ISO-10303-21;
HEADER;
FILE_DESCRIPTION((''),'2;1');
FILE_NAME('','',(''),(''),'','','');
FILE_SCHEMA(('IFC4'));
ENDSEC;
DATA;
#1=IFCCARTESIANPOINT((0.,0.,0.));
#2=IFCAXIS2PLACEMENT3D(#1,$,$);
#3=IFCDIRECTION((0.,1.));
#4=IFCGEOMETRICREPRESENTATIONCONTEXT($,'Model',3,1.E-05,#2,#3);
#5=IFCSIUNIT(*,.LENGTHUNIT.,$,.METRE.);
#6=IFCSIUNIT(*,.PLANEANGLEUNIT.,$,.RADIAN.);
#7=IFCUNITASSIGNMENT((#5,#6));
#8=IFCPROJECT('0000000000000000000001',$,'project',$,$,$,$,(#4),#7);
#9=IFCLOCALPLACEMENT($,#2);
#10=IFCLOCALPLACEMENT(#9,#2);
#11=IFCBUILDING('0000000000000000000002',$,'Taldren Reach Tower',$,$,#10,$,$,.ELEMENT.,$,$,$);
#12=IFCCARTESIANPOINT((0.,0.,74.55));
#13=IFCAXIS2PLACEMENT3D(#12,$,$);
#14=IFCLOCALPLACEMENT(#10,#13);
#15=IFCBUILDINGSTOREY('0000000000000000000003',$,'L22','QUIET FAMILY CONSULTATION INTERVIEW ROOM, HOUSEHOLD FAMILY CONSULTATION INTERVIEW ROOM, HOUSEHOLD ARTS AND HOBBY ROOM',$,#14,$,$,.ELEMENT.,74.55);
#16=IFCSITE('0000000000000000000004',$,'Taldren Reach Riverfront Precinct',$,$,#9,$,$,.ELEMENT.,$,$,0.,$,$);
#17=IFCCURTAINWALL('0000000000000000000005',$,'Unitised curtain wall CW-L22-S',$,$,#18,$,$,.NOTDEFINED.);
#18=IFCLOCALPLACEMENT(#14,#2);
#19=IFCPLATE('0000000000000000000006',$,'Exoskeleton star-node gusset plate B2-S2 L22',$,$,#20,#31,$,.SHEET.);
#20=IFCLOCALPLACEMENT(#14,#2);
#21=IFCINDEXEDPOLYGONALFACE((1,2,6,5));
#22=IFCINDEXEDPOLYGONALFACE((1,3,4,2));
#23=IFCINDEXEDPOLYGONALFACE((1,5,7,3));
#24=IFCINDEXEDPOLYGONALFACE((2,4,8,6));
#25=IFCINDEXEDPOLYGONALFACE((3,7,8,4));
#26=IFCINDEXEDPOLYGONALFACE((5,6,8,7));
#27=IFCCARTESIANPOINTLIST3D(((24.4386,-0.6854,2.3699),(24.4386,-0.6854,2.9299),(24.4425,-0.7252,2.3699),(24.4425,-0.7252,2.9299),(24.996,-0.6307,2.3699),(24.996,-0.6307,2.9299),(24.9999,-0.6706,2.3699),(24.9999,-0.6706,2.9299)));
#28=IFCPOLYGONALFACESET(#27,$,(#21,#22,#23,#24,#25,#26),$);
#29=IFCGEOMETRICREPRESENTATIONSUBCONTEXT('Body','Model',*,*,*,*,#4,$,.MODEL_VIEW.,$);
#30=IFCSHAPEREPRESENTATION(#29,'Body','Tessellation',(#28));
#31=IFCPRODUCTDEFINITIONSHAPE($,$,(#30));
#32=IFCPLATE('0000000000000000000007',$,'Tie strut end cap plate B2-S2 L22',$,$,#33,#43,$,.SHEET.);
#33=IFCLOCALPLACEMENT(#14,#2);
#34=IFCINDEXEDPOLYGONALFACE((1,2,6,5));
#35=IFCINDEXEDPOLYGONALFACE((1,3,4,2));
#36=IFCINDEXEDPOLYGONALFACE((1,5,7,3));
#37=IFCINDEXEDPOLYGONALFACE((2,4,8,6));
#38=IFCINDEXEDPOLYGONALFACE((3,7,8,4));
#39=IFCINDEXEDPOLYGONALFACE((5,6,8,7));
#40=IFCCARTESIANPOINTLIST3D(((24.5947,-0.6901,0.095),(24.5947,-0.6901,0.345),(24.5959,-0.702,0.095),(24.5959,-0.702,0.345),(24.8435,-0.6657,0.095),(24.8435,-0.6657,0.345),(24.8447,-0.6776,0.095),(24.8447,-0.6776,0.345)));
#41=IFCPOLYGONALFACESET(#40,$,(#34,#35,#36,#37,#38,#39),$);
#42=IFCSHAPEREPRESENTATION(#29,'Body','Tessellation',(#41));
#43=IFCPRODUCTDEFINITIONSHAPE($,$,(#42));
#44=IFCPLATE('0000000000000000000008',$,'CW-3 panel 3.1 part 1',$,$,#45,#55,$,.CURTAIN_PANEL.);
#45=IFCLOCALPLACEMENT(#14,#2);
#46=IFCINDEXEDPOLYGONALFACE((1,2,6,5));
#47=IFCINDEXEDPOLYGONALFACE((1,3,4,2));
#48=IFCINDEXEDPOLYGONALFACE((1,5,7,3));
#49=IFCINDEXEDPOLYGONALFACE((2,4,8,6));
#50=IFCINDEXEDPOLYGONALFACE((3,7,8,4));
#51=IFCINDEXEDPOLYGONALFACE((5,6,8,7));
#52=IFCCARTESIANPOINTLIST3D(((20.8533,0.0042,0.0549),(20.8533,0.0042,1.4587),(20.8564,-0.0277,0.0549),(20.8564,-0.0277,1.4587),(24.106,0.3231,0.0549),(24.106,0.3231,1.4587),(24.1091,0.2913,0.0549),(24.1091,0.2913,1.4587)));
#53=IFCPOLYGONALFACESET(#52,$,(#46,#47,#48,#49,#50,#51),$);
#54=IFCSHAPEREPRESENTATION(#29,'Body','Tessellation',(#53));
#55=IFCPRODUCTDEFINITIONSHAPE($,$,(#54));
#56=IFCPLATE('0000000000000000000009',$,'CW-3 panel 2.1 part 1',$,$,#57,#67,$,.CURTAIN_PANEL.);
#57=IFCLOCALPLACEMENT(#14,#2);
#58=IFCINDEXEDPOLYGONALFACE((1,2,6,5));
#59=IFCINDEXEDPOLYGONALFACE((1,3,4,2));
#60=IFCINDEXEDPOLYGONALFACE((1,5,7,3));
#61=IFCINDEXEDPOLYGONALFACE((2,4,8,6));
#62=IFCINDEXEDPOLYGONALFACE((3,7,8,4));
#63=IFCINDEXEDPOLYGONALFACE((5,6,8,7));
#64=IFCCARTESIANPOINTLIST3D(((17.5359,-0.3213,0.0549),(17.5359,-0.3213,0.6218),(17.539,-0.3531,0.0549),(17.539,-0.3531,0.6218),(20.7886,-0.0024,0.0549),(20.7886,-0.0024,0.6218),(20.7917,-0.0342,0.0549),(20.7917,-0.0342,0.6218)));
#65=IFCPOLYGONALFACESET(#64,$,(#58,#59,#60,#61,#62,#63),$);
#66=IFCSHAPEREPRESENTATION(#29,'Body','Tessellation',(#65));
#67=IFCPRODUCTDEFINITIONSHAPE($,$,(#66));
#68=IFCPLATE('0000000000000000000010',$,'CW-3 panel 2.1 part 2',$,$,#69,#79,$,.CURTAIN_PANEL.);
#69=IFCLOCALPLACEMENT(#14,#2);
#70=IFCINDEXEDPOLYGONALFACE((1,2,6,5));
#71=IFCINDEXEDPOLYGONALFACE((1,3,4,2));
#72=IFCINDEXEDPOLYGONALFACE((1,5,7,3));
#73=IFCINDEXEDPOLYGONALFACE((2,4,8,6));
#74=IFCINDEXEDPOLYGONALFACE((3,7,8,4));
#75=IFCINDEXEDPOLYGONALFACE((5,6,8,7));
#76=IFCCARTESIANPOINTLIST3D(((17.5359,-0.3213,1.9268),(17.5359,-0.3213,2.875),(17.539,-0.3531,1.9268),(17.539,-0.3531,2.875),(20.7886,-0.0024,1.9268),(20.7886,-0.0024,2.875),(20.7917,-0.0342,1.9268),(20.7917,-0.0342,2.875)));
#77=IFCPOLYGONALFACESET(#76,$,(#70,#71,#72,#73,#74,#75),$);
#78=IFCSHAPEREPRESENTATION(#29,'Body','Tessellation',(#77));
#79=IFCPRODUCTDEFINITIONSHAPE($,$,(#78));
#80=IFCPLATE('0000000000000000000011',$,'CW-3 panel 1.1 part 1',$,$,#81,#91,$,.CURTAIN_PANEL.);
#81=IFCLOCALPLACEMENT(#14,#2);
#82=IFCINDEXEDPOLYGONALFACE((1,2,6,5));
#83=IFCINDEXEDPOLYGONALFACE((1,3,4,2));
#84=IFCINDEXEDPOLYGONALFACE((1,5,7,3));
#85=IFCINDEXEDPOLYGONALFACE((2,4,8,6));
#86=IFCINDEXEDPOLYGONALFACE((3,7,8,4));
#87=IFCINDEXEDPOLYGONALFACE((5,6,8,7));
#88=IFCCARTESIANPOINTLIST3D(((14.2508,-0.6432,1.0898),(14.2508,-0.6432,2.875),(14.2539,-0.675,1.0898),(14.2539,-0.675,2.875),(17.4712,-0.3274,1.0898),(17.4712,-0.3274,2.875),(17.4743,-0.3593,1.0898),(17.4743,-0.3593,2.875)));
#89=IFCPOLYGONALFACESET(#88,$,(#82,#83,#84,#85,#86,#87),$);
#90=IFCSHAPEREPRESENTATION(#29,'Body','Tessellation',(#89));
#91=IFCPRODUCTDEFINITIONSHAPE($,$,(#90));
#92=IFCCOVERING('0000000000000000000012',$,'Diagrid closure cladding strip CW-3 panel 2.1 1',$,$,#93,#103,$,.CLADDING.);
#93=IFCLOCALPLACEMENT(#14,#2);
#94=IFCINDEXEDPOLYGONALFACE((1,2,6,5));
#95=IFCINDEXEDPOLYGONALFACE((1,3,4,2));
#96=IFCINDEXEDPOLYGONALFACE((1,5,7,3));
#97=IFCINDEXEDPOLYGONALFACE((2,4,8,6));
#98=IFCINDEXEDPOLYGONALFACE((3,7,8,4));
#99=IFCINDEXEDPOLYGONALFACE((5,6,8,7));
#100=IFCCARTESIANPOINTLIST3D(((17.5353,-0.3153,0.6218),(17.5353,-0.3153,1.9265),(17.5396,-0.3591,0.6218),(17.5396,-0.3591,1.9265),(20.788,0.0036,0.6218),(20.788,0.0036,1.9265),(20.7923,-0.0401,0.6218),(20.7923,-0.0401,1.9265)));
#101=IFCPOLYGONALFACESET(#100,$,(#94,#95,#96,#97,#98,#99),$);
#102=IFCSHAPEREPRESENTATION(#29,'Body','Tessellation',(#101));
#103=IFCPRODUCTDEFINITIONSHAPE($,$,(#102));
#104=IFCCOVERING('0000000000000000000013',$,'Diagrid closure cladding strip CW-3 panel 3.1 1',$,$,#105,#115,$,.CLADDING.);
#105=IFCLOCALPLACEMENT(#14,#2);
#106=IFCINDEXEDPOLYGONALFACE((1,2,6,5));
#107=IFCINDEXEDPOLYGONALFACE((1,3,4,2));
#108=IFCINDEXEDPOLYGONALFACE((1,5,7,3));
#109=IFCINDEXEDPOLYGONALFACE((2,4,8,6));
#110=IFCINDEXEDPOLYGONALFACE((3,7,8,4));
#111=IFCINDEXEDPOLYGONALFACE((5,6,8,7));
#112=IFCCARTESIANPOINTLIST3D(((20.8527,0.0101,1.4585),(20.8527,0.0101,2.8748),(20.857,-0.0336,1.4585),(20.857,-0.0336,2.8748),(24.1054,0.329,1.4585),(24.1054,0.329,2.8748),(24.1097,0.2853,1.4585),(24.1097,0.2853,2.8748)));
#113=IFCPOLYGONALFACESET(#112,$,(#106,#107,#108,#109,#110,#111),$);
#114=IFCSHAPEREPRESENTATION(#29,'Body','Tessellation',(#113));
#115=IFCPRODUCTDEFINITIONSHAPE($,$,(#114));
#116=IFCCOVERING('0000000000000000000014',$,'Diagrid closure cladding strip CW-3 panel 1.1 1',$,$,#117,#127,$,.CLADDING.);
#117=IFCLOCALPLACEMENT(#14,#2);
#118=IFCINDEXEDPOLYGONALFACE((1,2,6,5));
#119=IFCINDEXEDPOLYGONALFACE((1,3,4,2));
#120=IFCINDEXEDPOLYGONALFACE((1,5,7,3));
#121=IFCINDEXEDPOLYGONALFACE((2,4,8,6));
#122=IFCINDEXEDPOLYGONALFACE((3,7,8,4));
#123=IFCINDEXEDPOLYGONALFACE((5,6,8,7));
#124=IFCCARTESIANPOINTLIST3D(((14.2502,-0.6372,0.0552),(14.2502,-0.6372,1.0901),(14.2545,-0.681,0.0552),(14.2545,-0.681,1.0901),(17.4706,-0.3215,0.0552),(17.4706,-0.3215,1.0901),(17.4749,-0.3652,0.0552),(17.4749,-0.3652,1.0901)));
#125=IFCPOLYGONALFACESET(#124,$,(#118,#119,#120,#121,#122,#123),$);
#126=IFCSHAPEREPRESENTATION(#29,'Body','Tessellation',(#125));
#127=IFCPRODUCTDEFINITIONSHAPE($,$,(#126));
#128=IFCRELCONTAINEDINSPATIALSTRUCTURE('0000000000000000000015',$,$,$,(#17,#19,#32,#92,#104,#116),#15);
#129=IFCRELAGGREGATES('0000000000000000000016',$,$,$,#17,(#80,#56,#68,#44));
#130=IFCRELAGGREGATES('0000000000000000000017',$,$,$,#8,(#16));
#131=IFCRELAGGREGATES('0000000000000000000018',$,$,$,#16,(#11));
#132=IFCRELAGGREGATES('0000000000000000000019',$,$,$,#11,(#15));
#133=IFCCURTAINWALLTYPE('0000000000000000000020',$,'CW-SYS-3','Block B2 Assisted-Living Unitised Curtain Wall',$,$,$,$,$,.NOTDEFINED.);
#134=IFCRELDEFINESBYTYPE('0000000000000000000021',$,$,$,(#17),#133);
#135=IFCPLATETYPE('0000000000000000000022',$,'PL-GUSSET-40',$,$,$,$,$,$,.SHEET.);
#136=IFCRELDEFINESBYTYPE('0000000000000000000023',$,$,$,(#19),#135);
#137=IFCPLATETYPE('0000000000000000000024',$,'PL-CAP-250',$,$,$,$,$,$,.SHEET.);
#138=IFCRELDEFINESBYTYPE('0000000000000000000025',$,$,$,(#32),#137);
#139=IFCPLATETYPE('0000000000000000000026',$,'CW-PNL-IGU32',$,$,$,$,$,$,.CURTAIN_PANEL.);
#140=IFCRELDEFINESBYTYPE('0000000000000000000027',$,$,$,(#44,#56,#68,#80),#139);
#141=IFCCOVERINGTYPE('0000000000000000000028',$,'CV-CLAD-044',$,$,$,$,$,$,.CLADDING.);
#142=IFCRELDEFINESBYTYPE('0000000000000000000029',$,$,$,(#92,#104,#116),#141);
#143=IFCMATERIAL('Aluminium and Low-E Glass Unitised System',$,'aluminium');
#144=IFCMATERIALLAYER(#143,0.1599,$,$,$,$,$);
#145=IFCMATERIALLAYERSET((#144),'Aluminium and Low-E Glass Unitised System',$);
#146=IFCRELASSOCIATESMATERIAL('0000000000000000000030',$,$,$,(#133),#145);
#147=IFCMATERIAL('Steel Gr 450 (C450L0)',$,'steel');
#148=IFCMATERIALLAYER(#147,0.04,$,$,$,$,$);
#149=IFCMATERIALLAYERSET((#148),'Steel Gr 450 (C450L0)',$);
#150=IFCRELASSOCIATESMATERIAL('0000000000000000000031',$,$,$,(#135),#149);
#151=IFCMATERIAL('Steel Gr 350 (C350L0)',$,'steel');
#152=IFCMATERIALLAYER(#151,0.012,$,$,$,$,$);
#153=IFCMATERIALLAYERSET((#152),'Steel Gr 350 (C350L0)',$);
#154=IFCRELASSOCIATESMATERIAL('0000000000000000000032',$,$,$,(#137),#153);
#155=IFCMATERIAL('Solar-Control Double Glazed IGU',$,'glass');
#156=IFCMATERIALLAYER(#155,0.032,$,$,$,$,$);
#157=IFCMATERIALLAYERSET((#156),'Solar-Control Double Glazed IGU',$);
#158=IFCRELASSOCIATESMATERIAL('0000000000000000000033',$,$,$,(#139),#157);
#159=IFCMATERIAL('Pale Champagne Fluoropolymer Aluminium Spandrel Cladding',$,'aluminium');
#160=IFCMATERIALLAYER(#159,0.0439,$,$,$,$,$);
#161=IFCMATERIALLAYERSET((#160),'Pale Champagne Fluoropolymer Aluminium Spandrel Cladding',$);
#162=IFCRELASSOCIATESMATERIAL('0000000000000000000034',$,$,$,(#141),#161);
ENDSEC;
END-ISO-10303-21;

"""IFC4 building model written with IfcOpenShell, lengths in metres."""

from ifc_helpers import new_model, si_unit, direction, frame, origin, origin_2d, place, context, subcontext, project, spatial, rectangle, extrude, source, transform, mapped, material, layer, layer_set, type_object, element, aggregate, save


model = new_model("IFC4")

# Units and contexts
model_context = context("Model", 3, precision=1e-05, world=origin(), true_north=direction((0.0, 1.0)))
body_context = subcontext(model_context, "Body", "Model", "MODEL_VIEW")
ifc_project = project(units=[si_unit("LENGTHUNIT", "METRE"), si_unit("PLANEANGLEUNIT", "RADIAN")], contexts=[model_context])

# Site, building, storey
site_placement = place(None, origin())
site = spatial("IfcSite", under=ifc_project, at=site_placement, Name="Taldren Reach Riverfront Precinct", CompositionType="ELEMENT", RefElevation=0.0)
building_placement = place(site_placement, origin())
building = spatial("IfcBuilding", under=site, at=building_placement, Name="Taldren Reach Tower", CompositionType="ELEMENT")
storey_placement = place(building_placement, frame((0.0, 0.0, 74.55)))
storey = spatial("IfcBuildingStorey", under=building, at=storey_placement, Name="L22", Description="QUIET FAMILY CONSULTATION INTERVIEW ROOM, HOUSEHOLD FAMILY CONSULTATION INTERVIEW ROOM, HOUSEHOLD ARTS AND HOBBY ROOM", CompositionType="ELEMENT", Elevation=74.55)

# Shared definitions
ifc_material_1 = material(Name="Steel Gr 450 (C450L0)", Category="steel")
ifc_material_2 = material(Name="Steel Gr 350 (C350L0)", Category="steel")

# Curtain wall
ifc_material_3 = material(Name="Aluminium and Low-E Glass Unitised System", Category="aluminium")
ifc_layer_1 = layer(ifc_material_3, 0.1599)
ifc_layer_set_1 = layer_set([ifc_layer_1], Name="Aluminium and Low-E Glass Unitised System")
curtain_wall_type = type_object("IfcCurtainWallType", Name="CW-SYS-3", Description="Block B2 Assisted-Living Unitised Curtain Wall", PredefinedType="NOTDEFINED", material=ifc_layer_set_1)
curtain_wall_placement = place(storey_placement, origin())
curtain_wall = element("IfcCurtainWall", 1, at=curtain_wall_placement, inside=storey, type_object=curtain_wall_type, Name="Unitised curtain wall CW-L22-S", PredefinedType="NOTDEFINED")

# Plates
ifc_layer_2 = layer(ifc_material_1, 0.04)
ifc_layer_set_2 = layer_set([ifc_layer_2], Name="Steel Gr 450 (C450L0)")
plate_type_1 = type_object("IfcPlateType", Name="PL-GUSSET-40", PredefinedType="SHEET", material=ifc_layer_set_2)
shared_shape_1 = source(origin(), body_context, "Body", "SweptSolid", [
    extrude(rectangle(XDim=0.5601, YDim=0.04, at=origin_2d()), origin(), (0.0, 0.0, 1.0), 0.5601),
])
plate_1_placement = place(storey_placement, frame((24.7192, -0.678, 2.3699), z_axis=(0.0, 0.0, 1.0), x_axis=(0.995227, 0.097583, 0.0)))
element("IfcPlate", 2, at=plate_1_placement, inside=storey, type_object=plate_type_1, Name="Exoskeleton star-node gusset plate B2-S2 L22", PredefinedType="SHEET", context=body_context, shape_type="MappedRepresentation", body=[
    mapped(shared_shape_1, transform((0.0, 0.0, 0.0), scale=1.0)),
])
ifc_layer_3 = layer(ifc_material_2, 0.012)
ifc_layer_set_3 = layer_set([ifc_layer_3], Name="Steel Gr 350 (C350L0)")
plate_type_2 = type_object("IfcPlateType", Name="PL-CAP-250", PredefinedType="SHEET", material=ifc_layer_set_3)
shared_shape_2 = source(origin(), body_context, "Body", "SweptSolid", [
    extrude(rectangle(XDim=0.25, YDim=0.012, at=origin_2d()), origin(), (0.0, 0.0, 1.0), 0.25),
])
plate_2_placement = place(storey_placement, frame((24.7197, -0.6838, 0.095), z_axis=(0.0, 0.0, 1.0), x_axis=(0.995227, 0.097583, 0.0)))
element("IfcPlate", 3, at=plate_2_placement, inside=storey, type_object=plate_type_2, Name="Tie strut end cap plate B2-S2 L22", PredefinedType="SHEET", context=body_context, shape_type="MappedRepresentation", body=[
    mapped(shared_shape_2, transform((0.0, 0.0, 0.0), scale=1.0)),
])

# Plates
ifc_material_4 = material(Name="Solar-Control Double Glazed IGU", Category="glass")
ifc_layer_4 = layer(ifc_material_4, 0.032)
ifc_layer_set_4 = layer_set([ifc_layer_4], Name="Solar-Control Double Glazed IGU")
plate_type_3 = type_object("IfcPlateType", Name="CW-PNL-IGU32", PredefinedType="CURTAIN_PANEL", material=ifc_layer_set_4)
shared_shape_3 = source(origin(), body_context, "Body", "SweptSolid", [
    extrude(rectangle(XDim=3.2683, YDim=0.032, at=origin_2d()), origin(), (0.0, 0.0, 1.0), 1.4038),
])
plate_3_placement = place(storey_placement, frame((22.4812, 0.1477, 0.0549), z_axis=(0.0, 0.0, 1.0), x_axis=(0.995227, 0.097583, 0.0)))
plate_3 = element("IfcPlate", 4, at=plate_3_placement, type_object=plate_type_3, Name="CW-3 panel 3.1 part 1", PredefinedType="CURTAIN_PANEL", context=body_context, shape_type="MappedRepresentation", body=[
    mapped(shared_shape_3, transform((0.0, 0.0, 0.0), scale=1.0)),
])
shared_shape_4 = source(origin(), body_context, "Body", "SweptSolid", [
    extrude(rectangle(XDim=3.2683, YDim=0.032, at=origin_2d()), origin(), (0.0, 0.0, 1.0), 0.5669),
])
plate_4_placement = place(storey_placement, frame((19.1638, -0.1777, 0.0549), z_axis=(0.0, 0.0, 1.0), x_axis=(0.995227, 0.097583, 0.0)))
plate_4 = element("IfcPlate", 5, at=plate_4_placement, type_object=plate_type_3, Name="CW-3 panel 2.1 part 1", PredefinedType="CURTAIN_PANEL", context=body_context, shape_type="MappedRepresentation", body=[
    mapped(shared_shape_4, transform((0.0, 0.0, 0.0), scale=1.0)),
])
shared_shape_5 = source(origin(), body_context, "Body", "SweptSolid", [
    extrude(rectangle(XDim=3.2683, YDim=0.032, at=origin_2d()), origin(), (0.0, 0.0, 1.0), 0.9482),
])
plate_5_placement = place(storey_placement, frame((19.1638, -0.1777, 1.9268), z_axis=(0.0, 0.0, 1.0), x_axis=(0.995227, 0.097583, 0.0)))
plate_5 = element("IfcPlate", 6, at=plate_5_placement, type_object=plate_type_3, Name="CW-3 panel 2.1 part 2", PredefinedType="CURTAIN_PANEL", context=body_context, shape_type="MappedRepresentation", body=[
    mapped(shared_shape_5, transform((0.0, 0.0, 0.0), scale=1.0)),
])
shared_shape_6 = source(origin(), body_context, "Body", "SweptSolid", [
    extrude(rectangle(XDim=3.2358, YDim=0.032, at=origin_2d()), origin(), (0.0, 0.0, 1.0), 1.7852),
])
plate_6_placement = place(storey_placement, frame((15.8625, -0.5012, 1.0898), z_axis=(0.0, 0.0, 1.0), x_axis=(0.995227, 0.097583, 0.0)))
plate_6 = element("IfcPlate", 7, at=plate_6_placement, type_object=plate_type_3, Name="CW-3 panel 1.1 part 1", PredefinedType="CURTAIN_PANEL", context=body_context, shape_type="MappedRepresentation", body=[
    mapped(shared_shape_6, transform((0.0, 0.0, 0.0), scale=1.0)),
])
aggregate(curtain_wall, [plate_6, plate_4, plate_5, plate_3])

# Coverings
ifc_material_5 = material(Name="Pale Champagne Fluoropolymer Aluminium Spandrel Cladding", Category="aluminium")
ifc_layer_5 = layer(ifc_material_5, 0.0439)
ifc_layer_set_5 = layer_set([ifc_layer_5], Name="Pale Champagne Fluoropolymer Aluminium Spandrel Cladding")
covering_type = type_object("IfcCoveringType", Name="CV-CLAD-044", PredefinedType="CLADDING", material=ifc_layer_set_5)
shared_shape_7 = source(origin(), body_context, "Body", "SweptSolid", [
    extrude(rectangle(XDim=3.2683, YDim=0.0439, at=origin_2d()), origin(), (0.0, 0.0, 1.0), 1.3047),
])
covering_1_placement = place(storey_placement, frame((19.1638, -0.1777, 0.6218), z_axis=(0.0, 0.0, 1.0), x_axis=(0.995227, 0.097583, 0.0)))
element("IfcCovering", 8, at=covering_1_placement, inside=storey, type_object=covering_type, Name="Diagrid closure cladding strip CW-3 panel 2.1 1", PredefinedType="CLADDING", context=body_context, shape_type="MappedRepresentation", body=[
    mapped(shared_shape_7, transform((0.0, 0.0, 0.0), scale=1.0)),
])
shared_shape_8 = source(origin(), body_context, "Body", "SweptSolid", [
    extrude(rectangle(XDim=3.2683, YDim=0.0439, at=origin_2d()), origin(), (0.0, 0.0, 1.0), 1.4163),
])
covering_2_placement = place(storey_placement, frame((22.4812, 0.1477, 1.4585), z_axis=(0.0, 0.0, 1.0), x_axis=(0.995227, 0.097583, 0.0)))
element("IfcCovering", 9, at=covering_2_placement, inside=storey, type_object=covering_type, Name="Diagrid closure cladding strip CW-3 panel 3.1 1", PredefinedType="CLADDING", context=body_context, shape_type="MappedRepresentation", body=[
    mapped(shared_shape_8, transform((0.0, 0.0, 0.0), scale=1.0)),
])
shared_shape_9 = source(origin(), body_context, "Body", "SweptSolid", [
    extrude(rectangle(XDim=3.2358, YDim=0.0439, at=origin_2d()), origin(), (0.0, 0.0, 1.0), 1.0349),
])
covering_3_placement = place(storey_placement, frame((15.8625, -0.5012, 0.0552), z_axis=(0.0, 0.0, 1.0), x_axis=(0.995227, 0.097583, 0.0)))
element("IfcCovering", 10, at=covering_3_placement, inside=storey, type_object=covering_type, Name="Diagrid closure cladding strip CW-3 panel 1.1 1", PredefinedType="CLADDING", context=body_context, shape_type="MappedRepresentation", body=[
    mapped(shared_shape_9, transform((0.0, 0.0, 0.0), scale=1.0)),
])

save(model, "model.ifc")
